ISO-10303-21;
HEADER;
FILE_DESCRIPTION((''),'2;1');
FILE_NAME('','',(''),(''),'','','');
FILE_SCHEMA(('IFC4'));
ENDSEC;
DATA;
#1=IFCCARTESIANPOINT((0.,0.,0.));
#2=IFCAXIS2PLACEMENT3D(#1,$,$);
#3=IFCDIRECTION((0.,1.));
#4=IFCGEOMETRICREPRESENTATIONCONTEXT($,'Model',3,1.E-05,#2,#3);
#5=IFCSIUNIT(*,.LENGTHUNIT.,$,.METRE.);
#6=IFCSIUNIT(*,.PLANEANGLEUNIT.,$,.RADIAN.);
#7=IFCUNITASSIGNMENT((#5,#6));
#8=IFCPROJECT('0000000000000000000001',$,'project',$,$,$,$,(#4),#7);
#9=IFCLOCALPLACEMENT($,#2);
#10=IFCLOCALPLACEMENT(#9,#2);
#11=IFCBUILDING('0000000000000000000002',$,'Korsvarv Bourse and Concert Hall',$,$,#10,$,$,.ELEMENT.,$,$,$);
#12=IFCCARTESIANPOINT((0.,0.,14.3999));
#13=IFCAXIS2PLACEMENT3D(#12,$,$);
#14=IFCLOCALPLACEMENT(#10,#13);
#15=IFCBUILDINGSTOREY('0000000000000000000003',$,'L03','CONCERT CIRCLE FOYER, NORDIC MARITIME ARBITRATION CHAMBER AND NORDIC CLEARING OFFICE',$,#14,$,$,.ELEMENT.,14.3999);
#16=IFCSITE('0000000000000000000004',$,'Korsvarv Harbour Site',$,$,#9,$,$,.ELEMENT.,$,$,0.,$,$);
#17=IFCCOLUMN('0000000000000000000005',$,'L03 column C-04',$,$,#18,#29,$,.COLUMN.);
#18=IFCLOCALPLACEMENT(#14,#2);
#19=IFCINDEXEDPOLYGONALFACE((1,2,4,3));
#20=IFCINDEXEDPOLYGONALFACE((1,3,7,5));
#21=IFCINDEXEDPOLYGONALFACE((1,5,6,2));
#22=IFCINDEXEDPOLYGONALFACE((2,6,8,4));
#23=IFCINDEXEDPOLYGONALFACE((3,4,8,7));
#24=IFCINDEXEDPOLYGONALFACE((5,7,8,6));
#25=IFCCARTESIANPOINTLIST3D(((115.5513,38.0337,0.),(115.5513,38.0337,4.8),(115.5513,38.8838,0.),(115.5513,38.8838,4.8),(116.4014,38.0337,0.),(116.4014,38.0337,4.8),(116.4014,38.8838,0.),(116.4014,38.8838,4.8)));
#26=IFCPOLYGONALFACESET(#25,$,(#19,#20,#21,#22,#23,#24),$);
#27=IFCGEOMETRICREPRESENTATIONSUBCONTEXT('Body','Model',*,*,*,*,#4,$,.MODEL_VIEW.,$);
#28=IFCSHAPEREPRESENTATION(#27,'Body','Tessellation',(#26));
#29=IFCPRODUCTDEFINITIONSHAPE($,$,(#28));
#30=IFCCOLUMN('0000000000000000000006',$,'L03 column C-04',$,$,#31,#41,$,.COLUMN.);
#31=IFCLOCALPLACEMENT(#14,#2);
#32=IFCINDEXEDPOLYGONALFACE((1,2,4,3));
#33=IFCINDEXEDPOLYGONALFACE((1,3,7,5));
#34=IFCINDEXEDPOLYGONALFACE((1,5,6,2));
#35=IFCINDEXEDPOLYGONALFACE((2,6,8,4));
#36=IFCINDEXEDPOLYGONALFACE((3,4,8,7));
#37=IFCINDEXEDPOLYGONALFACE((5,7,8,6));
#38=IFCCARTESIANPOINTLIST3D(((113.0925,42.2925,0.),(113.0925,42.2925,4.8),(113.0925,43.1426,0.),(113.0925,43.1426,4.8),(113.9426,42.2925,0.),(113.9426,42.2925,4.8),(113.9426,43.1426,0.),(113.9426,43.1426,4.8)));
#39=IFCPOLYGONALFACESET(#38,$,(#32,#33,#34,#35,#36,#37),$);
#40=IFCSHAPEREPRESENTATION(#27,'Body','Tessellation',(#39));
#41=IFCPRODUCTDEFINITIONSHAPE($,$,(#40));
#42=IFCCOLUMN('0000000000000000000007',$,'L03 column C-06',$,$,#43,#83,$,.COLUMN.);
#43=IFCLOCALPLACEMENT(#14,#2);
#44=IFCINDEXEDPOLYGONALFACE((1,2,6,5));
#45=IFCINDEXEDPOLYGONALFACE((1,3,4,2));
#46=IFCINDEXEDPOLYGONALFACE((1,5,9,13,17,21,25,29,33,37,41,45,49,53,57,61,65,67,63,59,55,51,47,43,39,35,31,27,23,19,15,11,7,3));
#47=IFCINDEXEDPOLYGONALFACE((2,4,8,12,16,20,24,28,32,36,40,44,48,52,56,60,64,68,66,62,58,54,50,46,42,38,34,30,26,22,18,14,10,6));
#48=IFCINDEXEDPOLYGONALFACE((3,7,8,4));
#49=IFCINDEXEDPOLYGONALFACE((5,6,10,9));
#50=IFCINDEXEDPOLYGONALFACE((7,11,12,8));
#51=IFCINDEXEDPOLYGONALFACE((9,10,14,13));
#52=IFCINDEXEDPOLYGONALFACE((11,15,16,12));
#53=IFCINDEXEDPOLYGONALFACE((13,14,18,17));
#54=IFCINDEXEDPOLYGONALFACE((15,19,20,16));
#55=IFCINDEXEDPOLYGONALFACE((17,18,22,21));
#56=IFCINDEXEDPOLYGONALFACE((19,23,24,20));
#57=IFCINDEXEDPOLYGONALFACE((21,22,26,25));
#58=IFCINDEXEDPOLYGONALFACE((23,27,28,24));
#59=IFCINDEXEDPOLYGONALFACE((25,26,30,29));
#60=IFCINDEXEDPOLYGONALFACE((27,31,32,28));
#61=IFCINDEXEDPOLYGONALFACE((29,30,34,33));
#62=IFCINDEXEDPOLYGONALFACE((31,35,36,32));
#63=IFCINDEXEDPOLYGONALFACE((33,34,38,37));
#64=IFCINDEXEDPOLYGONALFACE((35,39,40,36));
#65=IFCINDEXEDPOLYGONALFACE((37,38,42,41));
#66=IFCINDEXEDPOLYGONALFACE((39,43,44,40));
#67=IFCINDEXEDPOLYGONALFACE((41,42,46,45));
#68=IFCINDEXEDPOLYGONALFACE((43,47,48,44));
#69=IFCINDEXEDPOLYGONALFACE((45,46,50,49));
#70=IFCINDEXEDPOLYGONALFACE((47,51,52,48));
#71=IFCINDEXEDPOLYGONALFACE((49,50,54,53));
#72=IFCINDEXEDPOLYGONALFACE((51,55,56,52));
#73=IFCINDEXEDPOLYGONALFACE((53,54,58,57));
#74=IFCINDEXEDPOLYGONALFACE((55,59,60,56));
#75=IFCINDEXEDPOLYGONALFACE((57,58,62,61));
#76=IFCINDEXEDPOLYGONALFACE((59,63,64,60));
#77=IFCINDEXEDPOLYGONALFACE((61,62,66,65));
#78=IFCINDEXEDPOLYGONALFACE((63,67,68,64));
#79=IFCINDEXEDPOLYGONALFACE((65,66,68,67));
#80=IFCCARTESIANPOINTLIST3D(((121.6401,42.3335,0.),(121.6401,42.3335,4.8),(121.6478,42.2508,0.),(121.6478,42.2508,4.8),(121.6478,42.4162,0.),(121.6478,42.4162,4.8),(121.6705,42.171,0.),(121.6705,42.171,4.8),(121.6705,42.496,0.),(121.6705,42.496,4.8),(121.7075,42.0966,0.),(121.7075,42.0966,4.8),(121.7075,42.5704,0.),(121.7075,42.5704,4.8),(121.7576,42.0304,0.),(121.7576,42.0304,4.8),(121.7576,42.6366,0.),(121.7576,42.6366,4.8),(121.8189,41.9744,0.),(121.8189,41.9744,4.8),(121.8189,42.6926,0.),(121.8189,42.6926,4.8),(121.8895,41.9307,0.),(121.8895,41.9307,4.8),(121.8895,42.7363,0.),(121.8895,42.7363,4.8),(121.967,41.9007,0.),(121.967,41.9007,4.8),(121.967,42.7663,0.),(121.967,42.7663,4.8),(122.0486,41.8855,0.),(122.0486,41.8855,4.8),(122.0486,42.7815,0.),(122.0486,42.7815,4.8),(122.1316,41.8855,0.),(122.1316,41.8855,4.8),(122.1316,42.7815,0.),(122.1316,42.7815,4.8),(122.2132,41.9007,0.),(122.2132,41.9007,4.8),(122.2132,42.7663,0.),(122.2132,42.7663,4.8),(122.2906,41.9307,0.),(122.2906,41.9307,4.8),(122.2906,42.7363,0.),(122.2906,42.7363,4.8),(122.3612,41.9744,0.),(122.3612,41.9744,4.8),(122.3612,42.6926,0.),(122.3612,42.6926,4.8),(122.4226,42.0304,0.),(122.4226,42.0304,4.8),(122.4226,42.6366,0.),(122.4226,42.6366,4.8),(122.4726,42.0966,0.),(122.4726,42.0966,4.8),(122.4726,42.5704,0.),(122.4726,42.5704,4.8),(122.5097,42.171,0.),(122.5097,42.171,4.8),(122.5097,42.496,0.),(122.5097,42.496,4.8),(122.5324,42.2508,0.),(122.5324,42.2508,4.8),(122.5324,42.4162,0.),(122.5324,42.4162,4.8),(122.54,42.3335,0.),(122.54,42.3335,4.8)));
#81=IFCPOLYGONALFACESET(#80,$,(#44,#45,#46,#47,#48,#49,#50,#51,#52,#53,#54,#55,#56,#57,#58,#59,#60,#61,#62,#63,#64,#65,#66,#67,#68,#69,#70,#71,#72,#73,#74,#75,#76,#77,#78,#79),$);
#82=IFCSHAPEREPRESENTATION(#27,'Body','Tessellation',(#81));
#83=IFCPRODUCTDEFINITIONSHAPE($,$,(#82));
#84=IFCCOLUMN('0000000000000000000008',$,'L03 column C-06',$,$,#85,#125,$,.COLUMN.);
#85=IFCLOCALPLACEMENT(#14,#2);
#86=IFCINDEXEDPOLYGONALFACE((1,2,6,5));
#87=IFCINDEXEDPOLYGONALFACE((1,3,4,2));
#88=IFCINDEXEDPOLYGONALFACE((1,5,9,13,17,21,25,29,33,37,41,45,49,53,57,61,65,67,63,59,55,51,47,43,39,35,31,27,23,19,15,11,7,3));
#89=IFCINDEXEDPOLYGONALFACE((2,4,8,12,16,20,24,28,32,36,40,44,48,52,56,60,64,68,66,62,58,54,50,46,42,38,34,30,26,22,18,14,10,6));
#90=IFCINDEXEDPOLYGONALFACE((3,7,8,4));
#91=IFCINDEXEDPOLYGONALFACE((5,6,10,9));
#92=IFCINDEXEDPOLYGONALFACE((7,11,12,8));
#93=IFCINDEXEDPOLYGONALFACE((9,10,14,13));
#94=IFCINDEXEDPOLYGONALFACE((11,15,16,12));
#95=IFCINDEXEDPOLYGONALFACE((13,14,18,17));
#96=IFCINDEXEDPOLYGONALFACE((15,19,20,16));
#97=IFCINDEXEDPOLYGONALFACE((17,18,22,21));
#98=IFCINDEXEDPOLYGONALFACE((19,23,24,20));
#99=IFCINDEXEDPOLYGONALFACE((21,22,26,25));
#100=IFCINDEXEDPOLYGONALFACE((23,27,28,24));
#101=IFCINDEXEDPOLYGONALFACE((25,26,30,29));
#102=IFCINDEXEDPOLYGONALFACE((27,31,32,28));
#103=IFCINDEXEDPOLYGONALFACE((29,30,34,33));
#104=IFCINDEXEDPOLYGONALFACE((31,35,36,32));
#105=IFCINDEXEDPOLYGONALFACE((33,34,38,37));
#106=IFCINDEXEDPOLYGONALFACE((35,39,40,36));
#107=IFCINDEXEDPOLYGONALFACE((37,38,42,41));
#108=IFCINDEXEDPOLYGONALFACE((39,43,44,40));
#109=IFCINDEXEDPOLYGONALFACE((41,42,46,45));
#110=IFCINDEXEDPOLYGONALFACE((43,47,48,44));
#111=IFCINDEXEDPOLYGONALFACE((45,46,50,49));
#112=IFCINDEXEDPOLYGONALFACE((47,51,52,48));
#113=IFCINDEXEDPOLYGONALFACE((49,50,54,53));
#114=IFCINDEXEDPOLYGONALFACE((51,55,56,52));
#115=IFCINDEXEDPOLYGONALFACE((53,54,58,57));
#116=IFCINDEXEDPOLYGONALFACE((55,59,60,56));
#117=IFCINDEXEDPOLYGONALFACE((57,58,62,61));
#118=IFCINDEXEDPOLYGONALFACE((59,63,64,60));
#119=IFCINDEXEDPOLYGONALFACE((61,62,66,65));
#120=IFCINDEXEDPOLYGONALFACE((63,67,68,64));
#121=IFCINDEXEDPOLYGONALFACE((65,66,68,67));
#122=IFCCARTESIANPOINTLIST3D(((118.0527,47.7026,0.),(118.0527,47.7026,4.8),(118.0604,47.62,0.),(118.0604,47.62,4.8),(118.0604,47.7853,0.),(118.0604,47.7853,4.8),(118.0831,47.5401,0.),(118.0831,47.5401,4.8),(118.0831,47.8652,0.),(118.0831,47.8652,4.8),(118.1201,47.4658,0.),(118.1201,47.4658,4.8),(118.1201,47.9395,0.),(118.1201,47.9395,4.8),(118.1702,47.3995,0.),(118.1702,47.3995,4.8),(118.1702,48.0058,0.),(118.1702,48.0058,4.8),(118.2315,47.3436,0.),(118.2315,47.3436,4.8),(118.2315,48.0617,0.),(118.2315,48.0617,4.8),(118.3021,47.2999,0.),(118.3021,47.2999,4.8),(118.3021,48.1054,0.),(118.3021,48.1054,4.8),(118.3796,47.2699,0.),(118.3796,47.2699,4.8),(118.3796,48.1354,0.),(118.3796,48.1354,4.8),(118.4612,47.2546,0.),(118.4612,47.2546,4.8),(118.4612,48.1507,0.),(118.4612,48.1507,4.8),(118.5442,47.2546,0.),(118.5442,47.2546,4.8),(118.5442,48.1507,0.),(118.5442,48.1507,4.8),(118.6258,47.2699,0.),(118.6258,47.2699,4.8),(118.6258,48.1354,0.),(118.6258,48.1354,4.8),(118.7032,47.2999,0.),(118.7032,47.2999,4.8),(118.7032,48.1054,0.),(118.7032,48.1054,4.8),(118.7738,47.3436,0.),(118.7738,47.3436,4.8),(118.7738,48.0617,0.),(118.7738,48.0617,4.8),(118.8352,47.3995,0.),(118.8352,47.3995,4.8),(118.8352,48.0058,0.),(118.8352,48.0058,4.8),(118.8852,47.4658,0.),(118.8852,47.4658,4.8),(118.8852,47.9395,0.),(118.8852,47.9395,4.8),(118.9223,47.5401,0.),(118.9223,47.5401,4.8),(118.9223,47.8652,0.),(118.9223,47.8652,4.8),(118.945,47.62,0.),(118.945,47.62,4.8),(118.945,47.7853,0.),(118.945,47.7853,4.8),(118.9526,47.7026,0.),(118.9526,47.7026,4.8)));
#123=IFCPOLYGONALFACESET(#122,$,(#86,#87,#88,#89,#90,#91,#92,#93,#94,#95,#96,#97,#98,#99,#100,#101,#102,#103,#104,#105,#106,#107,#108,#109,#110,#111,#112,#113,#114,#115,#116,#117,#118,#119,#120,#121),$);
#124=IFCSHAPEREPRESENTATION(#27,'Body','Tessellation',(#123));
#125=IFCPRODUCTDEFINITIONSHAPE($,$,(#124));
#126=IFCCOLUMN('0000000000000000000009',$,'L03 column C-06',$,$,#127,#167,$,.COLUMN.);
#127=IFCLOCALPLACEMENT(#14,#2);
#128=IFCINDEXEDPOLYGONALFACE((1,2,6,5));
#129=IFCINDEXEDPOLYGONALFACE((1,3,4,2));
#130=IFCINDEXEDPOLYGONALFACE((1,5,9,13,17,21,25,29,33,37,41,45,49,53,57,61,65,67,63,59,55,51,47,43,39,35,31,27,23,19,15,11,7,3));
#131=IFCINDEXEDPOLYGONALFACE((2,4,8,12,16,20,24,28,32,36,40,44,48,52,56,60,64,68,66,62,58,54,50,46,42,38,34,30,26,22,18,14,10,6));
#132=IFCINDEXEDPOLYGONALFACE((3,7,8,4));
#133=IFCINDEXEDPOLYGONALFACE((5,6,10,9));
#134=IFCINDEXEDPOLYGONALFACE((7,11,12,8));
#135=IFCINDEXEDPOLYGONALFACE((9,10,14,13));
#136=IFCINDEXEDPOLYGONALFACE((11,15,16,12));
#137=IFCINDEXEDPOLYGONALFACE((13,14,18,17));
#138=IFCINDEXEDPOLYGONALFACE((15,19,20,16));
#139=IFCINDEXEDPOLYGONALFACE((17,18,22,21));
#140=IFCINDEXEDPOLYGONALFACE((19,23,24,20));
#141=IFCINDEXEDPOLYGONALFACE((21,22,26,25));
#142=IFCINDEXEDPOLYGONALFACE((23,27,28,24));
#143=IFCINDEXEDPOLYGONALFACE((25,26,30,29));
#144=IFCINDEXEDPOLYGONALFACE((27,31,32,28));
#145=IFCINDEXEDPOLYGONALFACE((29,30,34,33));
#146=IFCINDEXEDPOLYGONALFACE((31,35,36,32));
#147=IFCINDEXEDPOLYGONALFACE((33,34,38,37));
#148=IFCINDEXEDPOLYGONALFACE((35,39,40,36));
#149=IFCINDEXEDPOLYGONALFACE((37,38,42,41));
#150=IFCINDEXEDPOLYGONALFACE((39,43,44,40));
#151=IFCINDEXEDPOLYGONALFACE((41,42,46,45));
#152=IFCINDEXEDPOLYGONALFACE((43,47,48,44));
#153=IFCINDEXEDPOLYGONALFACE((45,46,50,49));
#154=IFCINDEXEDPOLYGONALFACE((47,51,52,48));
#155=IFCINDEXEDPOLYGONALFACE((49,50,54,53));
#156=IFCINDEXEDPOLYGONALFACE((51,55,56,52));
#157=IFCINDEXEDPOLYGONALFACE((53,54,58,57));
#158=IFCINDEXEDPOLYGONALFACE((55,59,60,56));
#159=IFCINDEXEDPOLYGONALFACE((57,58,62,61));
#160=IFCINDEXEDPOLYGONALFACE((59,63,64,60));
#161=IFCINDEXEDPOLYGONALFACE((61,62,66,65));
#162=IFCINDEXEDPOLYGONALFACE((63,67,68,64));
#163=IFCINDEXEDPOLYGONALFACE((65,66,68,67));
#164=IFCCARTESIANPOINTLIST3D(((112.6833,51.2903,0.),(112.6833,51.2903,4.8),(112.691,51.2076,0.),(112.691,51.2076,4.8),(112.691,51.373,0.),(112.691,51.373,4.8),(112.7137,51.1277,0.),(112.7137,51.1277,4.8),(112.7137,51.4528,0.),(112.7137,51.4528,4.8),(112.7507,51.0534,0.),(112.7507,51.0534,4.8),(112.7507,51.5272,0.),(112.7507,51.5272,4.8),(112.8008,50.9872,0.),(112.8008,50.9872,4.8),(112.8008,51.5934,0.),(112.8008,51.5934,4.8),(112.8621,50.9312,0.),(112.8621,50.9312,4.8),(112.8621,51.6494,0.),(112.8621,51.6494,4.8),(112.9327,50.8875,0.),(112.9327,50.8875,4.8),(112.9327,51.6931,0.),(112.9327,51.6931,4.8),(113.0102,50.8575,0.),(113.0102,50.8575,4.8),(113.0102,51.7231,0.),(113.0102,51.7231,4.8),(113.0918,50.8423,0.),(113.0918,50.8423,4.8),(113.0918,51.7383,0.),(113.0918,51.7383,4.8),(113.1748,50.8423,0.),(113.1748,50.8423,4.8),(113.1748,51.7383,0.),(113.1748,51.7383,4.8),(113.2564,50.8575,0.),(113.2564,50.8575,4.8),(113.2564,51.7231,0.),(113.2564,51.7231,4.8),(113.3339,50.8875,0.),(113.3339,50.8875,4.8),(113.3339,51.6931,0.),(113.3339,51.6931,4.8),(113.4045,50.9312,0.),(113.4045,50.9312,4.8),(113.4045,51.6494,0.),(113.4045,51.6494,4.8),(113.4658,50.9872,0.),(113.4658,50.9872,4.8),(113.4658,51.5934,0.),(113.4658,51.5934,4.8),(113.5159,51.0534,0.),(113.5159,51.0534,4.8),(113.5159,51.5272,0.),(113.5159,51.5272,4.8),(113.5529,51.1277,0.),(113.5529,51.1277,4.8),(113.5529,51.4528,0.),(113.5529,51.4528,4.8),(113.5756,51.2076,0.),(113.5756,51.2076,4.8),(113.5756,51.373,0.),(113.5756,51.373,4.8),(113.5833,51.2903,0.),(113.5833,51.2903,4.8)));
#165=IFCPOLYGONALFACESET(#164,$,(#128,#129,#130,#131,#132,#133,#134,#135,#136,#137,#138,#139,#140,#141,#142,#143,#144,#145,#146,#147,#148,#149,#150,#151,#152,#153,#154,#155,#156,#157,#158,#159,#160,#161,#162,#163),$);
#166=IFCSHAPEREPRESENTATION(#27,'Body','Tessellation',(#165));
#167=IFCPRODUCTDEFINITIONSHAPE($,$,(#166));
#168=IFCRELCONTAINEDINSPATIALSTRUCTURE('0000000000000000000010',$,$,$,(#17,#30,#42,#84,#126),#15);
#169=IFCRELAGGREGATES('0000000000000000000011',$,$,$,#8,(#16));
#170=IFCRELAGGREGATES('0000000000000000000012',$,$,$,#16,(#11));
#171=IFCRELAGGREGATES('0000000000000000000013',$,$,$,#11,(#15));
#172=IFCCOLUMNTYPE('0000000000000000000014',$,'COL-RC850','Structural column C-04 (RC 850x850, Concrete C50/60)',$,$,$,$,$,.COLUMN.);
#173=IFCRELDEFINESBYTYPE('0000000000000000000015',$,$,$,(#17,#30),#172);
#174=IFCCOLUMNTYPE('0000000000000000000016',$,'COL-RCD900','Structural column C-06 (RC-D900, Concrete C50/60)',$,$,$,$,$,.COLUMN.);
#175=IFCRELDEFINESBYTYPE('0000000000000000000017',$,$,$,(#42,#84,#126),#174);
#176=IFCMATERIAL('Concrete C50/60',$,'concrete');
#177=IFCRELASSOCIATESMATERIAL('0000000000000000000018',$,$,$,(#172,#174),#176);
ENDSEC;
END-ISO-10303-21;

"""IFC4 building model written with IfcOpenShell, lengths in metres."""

from ifc_helpers import new_model, si_unit, direction, frame, origin, origin_2d, place, context, subcontext, project, spatial, rectangle, circle, extrude, source, transform, mapped, material, material_profile, profile_set, type_object, element, save


model = new_model("IFC4")

# Units and contexts
model_context = context("Model", 3, precision=1e-05, world=origin(), true_north=direction((0.0, 1.0)))
body_context = subcontext(model_context, "Body", "Model", "MODEL_VIEW")
ifc_project = project(units=[si_unit("LENGTHUNIT", "METRE"), si_unit("PLANEANGLEUNIT", "RADIAN")], contexts=[model_context])

# Site, building, storey
site_placement = place(None, origin())
site = spatial("IfcSite", under=ifc_project, at=site_placement, Name="Korsvarv Harbour Site", CompositionType="ELEMENT", RefElevation=0.0)
building_placement = place(site_placement, origin())
building = spatial("IfcBuilding", under=site, at=building_placement, Name="Korsvarv Bourse and Concert Hall", CompositionType="ELEMENT")
storey_placement = place(building_placement, frame((0.0, 0.0, 14.3999)))
storey = spatial("IfcBuildingStorey", under=building, at=storey_placement, Name="L03", Description="CONCERT CIRCLE FOYER, NORDIC MARITIME ARBITRATION CHAMBER AND NORDIC CLEARING OFFICE", CompositionType="ELEMENT", Elevation=14.3999)

# Columns
ifc_material_1 = material(Name="Concrete C50/60", Category="concrete")
ifc_material_profile_1 = material_profile(ifc_material_1, rectangle(XDim=0.8501, YDim=0.8501, at=origin_2d()), Name="RC 850x850")
ifc_profile_set_1 = profile_set([ifc_material_profile_1], Name="Concrete C50/60")
column_type_1 = type_object("IfcColumnType", Name="COL-RC850", Description="Structural column C-04 (RC 850x850, Concrete C50/60)", PredefinedType="COLUMN", material=ifc_profile_set_1)
shared_shape_1 = source(origin(), body_context, "Body", "SweptSolid", [
    extrude(rectangle(XDim=0.8501, YDim=0.8501, at=origin_2d()), origin(), (0.0, 0.0, 1.0), 4.8),
])
for number, where, z_axis, x_axis, name in (
    (1, (115.9763, 38.4587, 0.0), (0.0, 0.0, 1.0), (1.0, 0.0, 0.0), "L03 column C-04"),
    (2, (113.5176, 42.7175, 0.0), (0.0, 0.0, 1.0), (1.0, 0.0, 0.0), "L03 column C-04"),
):
    element("IfcColumn", number, at=place(storey_placement, frame(where, z_axis=z_axis, x_axis=x_axis)), inside=storey, type_object=column_type_1, Name=name, PredefinedType="COLUMN", context=body_context, shape_type="MappedRepresentation", body=[
        mapped(shared_shape_1, transform((0.0, 0.0, 0.0), scale=1.0)),
    ])
ifc_material_profile_2 = material_profile(ifc_material_1, circle(Radius=0.45, at=origin_2d()), Name="RC-D900")
ifc_profile_set_2 = profile_set([ifc_material_profile_2], Name="Concrete C50/60")
column_type_2 = type_object("IfcColumnType", Name="COL-RCD900", Description="Structural column C-06 (RC-D900, Concrete C50/60)", PredefinedType="COLUMN", material=ifc_profile_set_2)
shared_shape_2 = source(origin(), body_context, "Body", "SweptSolid", [
    extrude(circle(Radius=0.45, at=origin_2d()), origin(), (0.0, 0.0, 1.0), 4.8),
])
for number, where, z_axis, x_axis, name in (
    (3, (122.0901, 42.3335, 0.0), (0.0, 0.0, 1.0), (1.0, 0.0, 0.0), "L03 column C-06"),
    (4, (118.5027, 47.7026, 0.0), (0.0, 0.0, 1.0), (1.0, 0.0, 0.0), "L03 column C-06"),
    (5, (113.1333, 51.2903, 0.0), (0.0, 0.0, 1.0), (1.0, 0.0, 0.0), "L03 column C-06"),
):
    element("IfcColumn", number, at=place(storey_placement, frame(where, z_axis=z_axis, x_axis=x_axis)), inside=storey, type_object=column_type_2, Name=name, PredefinedType="COLUMN", context=body_context, shape_type="MappedRepresentation", body=[
        mapped(shared_shape_2, transform((0.0, 0.0, 0.0), scale=1.0)),
    ])

save(model, "model.ifc")
